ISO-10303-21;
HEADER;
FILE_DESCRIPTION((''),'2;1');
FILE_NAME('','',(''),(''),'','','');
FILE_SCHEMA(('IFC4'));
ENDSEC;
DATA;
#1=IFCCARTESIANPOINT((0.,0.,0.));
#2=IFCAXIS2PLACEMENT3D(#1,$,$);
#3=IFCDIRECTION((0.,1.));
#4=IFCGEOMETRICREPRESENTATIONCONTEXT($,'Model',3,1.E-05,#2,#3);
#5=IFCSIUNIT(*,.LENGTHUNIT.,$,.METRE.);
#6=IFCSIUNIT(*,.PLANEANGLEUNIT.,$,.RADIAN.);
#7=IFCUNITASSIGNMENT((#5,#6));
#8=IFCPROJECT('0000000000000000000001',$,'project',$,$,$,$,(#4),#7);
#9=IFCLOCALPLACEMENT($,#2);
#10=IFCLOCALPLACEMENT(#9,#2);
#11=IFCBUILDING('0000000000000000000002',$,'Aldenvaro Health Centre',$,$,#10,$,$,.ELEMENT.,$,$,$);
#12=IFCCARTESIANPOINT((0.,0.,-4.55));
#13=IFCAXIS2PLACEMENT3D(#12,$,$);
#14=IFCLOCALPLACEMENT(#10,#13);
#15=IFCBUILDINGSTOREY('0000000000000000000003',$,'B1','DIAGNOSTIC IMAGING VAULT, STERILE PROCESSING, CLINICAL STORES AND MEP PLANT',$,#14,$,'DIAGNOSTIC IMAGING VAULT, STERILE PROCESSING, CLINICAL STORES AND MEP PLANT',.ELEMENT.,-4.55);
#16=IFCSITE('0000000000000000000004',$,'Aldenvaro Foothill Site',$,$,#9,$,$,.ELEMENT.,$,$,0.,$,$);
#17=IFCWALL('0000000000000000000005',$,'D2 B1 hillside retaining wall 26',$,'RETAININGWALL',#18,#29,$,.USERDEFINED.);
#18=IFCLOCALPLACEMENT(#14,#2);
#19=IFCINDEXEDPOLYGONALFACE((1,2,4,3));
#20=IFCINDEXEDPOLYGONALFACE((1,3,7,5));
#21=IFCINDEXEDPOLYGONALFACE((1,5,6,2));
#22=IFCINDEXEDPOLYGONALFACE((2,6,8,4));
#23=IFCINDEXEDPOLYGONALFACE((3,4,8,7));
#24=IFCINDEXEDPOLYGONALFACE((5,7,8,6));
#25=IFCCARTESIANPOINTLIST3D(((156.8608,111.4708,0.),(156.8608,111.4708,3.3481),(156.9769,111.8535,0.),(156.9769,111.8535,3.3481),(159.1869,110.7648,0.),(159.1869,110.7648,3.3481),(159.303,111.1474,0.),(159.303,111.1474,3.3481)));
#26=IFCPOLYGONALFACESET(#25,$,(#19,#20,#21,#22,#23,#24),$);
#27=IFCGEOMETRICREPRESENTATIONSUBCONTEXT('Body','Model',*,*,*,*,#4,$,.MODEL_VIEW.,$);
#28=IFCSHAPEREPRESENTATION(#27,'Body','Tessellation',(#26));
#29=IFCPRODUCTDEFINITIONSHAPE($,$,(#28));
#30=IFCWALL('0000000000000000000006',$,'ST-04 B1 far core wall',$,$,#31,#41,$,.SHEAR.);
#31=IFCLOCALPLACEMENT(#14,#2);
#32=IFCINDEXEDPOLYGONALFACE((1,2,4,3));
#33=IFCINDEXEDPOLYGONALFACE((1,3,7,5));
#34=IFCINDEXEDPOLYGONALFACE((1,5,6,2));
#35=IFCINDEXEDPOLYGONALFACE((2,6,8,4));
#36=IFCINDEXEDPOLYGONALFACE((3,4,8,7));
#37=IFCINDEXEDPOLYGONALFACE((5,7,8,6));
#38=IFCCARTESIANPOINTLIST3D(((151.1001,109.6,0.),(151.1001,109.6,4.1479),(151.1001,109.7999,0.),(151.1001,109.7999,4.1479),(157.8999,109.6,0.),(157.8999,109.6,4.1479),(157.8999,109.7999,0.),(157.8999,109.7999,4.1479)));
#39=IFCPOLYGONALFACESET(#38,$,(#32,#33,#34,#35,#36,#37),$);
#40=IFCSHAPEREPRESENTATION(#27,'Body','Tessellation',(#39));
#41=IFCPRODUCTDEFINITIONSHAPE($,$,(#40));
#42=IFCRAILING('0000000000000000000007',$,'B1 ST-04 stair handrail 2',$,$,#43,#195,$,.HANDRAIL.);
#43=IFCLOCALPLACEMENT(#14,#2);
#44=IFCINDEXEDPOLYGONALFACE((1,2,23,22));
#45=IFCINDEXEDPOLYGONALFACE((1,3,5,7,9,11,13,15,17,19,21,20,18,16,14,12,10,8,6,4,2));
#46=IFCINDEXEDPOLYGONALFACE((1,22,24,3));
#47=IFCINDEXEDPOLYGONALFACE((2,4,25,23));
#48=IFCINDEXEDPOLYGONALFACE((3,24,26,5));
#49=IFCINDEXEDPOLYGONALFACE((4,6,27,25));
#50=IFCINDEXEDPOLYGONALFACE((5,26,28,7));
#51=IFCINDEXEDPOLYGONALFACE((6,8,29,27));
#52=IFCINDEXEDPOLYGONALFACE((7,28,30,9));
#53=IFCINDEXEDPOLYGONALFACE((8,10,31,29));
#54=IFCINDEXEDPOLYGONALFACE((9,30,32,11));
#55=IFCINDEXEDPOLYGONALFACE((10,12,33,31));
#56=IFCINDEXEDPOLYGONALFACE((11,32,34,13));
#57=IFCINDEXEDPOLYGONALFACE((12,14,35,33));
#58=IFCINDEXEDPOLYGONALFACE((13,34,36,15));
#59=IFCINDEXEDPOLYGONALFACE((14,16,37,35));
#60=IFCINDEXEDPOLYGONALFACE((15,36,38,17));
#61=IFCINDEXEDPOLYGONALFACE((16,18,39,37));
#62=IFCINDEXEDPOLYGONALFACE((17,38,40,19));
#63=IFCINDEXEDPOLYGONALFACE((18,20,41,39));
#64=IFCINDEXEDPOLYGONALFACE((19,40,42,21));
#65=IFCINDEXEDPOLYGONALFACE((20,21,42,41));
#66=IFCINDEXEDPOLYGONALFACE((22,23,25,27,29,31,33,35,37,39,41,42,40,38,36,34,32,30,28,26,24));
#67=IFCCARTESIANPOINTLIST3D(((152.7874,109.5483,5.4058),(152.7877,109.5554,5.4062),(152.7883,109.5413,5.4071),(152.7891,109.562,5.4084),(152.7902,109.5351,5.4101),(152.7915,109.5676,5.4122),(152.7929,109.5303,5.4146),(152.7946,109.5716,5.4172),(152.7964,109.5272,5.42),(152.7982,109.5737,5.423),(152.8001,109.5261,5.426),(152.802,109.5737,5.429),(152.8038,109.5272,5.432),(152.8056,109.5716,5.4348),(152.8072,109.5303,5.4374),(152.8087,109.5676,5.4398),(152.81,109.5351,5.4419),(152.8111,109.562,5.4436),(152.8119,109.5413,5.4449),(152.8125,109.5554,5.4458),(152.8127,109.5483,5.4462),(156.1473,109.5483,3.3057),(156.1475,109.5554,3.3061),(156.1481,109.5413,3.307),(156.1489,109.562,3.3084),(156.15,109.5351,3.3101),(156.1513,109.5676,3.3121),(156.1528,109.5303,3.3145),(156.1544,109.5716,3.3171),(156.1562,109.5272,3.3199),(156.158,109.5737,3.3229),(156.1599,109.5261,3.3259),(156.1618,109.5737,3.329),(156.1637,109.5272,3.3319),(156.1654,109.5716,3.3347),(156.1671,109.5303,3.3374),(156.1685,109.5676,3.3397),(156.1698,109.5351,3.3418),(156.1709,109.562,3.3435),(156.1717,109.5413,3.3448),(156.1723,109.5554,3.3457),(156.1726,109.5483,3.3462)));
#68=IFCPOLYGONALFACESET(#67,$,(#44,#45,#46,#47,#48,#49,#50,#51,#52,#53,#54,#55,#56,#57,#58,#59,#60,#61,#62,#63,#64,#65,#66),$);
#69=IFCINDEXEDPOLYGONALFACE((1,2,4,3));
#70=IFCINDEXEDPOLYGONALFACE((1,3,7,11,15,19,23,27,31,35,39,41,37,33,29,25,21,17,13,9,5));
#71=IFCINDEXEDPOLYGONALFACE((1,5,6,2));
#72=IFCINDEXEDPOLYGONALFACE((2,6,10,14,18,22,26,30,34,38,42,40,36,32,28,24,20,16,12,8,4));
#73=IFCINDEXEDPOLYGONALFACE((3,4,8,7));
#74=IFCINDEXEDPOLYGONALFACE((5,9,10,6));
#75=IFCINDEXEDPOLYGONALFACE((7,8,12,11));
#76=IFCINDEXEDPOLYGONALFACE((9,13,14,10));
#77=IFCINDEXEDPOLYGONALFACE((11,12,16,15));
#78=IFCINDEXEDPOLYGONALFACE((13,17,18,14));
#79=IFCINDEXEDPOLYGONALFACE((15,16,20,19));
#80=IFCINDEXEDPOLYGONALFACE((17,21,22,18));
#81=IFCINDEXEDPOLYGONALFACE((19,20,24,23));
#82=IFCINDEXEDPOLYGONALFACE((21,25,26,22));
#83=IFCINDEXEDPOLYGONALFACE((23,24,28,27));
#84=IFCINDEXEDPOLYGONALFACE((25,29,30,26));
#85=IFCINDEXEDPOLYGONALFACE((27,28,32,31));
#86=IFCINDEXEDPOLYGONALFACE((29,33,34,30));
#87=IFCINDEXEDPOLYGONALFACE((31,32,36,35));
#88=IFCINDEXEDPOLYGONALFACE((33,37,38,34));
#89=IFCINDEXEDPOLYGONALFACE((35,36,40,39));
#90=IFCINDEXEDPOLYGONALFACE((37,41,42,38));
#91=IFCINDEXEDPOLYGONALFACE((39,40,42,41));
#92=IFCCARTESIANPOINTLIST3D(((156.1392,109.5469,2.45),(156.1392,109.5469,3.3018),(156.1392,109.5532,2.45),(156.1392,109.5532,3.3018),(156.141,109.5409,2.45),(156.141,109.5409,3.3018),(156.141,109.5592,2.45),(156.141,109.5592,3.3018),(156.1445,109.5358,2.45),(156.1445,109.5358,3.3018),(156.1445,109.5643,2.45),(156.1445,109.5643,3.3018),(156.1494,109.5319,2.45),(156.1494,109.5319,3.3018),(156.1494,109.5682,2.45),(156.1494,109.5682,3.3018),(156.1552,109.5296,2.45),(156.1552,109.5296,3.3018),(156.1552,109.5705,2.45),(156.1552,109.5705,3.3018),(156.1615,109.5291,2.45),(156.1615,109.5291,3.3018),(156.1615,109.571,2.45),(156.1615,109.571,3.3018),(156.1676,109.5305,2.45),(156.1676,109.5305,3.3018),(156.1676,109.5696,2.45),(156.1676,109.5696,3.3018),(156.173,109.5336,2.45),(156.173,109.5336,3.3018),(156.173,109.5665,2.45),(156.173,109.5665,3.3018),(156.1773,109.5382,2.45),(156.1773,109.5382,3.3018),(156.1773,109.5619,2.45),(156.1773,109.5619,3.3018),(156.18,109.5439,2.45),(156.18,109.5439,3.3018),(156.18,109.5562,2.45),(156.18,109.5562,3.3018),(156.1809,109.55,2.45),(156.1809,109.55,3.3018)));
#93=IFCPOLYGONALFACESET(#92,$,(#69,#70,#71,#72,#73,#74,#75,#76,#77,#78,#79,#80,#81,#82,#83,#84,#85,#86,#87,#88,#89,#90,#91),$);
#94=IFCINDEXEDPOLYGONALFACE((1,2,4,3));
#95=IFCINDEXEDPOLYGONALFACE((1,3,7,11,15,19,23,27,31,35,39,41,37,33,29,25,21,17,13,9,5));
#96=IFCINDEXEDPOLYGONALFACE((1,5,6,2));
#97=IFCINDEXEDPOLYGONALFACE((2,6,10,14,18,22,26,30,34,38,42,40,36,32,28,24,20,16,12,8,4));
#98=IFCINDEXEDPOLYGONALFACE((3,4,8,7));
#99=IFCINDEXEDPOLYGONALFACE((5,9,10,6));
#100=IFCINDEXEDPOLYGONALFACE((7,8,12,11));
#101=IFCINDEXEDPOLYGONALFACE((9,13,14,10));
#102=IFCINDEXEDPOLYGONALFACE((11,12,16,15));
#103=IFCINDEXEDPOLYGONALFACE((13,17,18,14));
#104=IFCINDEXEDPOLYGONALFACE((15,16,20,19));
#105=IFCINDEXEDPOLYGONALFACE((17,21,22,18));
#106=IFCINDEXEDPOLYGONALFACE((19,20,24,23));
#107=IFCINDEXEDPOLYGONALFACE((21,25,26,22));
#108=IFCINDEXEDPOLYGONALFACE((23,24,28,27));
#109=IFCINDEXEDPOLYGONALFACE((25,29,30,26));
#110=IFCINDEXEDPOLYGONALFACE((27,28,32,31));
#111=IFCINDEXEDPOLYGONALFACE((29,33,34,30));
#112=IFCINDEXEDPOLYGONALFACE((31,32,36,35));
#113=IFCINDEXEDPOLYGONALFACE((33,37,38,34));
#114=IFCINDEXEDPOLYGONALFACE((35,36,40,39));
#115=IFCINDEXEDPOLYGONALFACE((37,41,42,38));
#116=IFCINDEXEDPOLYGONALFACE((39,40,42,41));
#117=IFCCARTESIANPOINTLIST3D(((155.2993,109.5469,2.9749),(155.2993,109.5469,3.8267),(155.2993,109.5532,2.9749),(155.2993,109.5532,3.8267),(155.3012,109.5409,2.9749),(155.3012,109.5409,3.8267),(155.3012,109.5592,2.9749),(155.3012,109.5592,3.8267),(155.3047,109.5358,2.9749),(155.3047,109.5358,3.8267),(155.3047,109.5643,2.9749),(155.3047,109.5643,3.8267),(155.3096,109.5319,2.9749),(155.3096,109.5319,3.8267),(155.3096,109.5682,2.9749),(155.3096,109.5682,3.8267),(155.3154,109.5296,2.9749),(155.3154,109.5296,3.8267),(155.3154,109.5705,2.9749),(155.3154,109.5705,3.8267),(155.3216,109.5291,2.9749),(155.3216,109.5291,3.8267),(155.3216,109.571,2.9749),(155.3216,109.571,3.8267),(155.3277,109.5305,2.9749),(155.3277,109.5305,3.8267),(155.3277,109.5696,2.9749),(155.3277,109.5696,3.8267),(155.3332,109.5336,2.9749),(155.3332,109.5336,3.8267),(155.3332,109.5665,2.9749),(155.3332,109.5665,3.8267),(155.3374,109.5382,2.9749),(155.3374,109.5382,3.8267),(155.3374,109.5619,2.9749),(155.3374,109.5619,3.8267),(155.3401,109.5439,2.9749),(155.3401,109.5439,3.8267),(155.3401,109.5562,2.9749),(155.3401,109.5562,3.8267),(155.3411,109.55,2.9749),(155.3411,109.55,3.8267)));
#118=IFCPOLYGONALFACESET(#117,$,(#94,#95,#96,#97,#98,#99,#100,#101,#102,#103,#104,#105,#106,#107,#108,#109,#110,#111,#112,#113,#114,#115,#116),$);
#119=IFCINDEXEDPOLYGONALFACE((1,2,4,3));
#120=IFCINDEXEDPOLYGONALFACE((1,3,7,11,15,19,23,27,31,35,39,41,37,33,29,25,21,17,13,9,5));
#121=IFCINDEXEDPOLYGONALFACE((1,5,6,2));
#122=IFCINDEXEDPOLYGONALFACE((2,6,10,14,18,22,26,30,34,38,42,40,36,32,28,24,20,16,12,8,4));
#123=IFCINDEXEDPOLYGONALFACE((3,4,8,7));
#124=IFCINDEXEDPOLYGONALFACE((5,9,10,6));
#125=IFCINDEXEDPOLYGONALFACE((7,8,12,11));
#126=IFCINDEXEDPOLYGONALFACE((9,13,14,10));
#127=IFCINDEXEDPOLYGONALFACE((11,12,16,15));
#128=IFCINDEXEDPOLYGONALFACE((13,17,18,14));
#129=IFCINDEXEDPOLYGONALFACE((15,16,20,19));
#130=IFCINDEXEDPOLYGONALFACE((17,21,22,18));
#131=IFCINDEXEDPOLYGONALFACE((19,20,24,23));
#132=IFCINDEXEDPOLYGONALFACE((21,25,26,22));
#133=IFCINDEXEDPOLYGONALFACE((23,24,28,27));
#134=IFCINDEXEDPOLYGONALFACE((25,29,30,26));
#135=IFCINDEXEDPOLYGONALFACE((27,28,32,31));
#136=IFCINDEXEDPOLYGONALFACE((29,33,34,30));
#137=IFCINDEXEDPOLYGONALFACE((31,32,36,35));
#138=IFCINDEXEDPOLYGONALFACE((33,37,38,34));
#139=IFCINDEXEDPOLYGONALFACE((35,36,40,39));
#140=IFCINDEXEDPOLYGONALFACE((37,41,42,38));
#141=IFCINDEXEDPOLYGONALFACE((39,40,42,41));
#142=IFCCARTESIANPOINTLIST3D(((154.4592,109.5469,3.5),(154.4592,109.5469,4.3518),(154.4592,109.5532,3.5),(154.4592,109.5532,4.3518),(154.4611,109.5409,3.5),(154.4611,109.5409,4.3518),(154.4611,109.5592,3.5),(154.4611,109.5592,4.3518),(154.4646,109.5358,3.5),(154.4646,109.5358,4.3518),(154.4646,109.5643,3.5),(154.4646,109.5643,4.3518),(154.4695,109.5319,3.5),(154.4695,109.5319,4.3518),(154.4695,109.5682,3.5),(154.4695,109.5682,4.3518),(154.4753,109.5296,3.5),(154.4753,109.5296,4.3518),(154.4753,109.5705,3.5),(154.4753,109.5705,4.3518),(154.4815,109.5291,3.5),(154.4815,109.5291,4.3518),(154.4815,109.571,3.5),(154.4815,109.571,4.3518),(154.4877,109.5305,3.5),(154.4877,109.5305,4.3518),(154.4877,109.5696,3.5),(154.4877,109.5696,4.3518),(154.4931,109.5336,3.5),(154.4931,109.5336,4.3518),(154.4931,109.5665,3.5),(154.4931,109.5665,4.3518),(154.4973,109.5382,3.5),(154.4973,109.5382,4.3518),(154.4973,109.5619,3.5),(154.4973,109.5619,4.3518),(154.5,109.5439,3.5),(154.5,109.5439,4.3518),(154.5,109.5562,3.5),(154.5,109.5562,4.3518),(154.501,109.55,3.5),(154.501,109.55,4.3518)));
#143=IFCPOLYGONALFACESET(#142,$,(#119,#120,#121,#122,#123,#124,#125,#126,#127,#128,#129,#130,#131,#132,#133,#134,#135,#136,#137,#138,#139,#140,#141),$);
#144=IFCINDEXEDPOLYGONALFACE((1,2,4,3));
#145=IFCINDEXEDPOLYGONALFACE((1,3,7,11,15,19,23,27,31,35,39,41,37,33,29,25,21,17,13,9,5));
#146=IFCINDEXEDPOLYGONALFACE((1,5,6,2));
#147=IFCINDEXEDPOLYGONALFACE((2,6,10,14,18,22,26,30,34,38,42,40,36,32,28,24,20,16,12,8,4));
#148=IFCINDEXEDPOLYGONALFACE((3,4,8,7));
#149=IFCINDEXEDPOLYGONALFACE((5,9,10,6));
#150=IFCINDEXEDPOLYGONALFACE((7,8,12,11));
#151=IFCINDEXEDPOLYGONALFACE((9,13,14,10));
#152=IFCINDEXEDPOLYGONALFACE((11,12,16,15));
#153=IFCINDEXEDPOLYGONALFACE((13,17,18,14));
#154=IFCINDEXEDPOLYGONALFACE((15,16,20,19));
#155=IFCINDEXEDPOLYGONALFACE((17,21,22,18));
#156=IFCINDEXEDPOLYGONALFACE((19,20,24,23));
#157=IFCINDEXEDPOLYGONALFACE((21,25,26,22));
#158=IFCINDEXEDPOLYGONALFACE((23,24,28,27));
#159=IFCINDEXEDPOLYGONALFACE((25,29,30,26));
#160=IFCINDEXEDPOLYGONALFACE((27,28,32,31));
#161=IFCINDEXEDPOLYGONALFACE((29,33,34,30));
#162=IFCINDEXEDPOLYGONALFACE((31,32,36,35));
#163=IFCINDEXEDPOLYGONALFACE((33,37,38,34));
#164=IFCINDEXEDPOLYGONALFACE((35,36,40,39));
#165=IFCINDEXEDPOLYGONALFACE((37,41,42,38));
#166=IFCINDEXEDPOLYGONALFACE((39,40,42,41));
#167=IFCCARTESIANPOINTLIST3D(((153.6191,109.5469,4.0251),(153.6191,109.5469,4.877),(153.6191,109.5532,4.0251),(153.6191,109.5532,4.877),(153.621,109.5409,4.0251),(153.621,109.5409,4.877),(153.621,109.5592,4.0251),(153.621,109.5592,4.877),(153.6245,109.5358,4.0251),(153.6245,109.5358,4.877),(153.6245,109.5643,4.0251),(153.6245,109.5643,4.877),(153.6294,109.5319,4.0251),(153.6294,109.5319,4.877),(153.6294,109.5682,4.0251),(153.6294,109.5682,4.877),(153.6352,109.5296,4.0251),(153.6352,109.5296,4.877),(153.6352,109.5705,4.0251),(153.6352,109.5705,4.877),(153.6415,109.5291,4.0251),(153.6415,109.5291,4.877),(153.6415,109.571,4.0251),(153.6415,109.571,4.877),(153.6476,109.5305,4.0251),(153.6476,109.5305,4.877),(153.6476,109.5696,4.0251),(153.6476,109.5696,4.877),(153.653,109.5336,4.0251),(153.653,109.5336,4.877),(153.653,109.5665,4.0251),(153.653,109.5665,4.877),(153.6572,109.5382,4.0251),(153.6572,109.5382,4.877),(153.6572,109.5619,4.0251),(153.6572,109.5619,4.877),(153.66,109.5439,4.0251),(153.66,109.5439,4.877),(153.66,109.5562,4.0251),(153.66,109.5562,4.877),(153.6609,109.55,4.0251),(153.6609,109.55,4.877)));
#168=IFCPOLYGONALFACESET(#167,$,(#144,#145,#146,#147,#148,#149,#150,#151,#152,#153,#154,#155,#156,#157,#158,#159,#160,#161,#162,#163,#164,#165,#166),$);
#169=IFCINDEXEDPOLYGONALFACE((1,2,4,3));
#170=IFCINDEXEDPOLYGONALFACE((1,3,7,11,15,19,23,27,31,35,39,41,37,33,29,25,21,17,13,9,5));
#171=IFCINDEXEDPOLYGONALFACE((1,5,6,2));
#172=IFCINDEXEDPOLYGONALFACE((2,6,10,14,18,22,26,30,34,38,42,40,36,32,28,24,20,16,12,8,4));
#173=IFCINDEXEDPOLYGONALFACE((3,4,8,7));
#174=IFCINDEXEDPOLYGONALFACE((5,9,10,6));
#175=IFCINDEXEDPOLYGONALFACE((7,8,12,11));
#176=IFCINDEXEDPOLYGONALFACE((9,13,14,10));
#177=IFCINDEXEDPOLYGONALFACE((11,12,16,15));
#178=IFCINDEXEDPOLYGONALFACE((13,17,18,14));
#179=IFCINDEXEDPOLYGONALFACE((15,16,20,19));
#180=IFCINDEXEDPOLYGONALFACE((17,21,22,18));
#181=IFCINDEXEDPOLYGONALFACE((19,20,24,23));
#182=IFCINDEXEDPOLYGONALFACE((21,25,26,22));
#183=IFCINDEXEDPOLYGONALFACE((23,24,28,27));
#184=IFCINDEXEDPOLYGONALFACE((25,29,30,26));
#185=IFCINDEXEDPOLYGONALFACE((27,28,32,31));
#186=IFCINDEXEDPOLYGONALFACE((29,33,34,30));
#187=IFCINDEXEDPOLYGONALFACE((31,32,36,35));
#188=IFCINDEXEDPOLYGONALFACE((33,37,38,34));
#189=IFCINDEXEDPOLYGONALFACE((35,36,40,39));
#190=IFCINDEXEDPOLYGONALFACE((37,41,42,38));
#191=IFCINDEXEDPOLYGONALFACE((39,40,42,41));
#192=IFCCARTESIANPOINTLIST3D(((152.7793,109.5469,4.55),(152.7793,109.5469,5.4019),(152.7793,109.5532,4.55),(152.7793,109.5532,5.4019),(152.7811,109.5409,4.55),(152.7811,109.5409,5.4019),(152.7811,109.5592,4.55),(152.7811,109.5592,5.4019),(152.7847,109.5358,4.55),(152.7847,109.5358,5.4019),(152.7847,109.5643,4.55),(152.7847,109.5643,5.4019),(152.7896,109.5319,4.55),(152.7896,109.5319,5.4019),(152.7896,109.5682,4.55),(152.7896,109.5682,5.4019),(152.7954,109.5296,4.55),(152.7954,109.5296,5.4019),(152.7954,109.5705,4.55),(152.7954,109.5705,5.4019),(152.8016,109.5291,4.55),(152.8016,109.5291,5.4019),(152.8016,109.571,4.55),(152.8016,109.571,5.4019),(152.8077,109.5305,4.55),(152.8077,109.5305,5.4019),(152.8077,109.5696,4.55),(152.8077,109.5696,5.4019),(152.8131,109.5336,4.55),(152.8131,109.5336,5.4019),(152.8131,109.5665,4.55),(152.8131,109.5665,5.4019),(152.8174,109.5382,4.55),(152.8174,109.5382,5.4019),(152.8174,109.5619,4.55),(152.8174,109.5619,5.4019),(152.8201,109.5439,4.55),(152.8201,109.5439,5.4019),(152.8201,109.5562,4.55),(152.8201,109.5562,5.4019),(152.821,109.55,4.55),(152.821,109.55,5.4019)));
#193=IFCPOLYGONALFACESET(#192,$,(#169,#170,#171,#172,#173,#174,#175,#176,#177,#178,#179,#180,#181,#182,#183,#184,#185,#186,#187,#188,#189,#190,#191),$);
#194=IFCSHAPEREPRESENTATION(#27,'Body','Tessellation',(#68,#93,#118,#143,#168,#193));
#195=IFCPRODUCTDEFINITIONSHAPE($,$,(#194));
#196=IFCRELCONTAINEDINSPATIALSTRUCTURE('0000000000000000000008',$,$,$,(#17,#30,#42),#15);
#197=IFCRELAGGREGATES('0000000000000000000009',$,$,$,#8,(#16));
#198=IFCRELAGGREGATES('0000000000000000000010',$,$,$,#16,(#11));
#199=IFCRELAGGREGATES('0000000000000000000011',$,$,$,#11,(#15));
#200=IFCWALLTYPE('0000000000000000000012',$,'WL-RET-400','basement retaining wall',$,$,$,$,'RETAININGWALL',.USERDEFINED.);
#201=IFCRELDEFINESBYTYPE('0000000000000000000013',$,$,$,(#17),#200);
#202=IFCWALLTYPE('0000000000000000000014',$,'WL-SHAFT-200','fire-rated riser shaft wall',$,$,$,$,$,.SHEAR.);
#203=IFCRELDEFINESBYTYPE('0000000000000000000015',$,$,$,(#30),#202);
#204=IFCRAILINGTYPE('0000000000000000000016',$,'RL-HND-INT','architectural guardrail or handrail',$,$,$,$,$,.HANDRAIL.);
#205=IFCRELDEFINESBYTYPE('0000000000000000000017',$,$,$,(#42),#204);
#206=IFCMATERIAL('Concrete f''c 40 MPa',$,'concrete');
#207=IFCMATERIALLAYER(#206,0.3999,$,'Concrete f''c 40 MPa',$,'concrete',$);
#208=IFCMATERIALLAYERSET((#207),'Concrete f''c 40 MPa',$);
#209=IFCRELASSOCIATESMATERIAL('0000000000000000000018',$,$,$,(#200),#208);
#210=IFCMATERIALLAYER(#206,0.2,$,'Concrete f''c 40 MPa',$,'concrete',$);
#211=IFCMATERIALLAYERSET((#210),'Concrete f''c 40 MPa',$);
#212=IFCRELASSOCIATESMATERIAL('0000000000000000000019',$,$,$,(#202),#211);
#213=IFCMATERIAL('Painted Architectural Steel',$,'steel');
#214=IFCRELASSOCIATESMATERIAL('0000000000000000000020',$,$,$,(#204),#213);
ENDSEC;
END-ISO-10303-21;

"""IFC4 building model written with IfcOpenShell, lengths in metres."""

from ifc_helpers import new_model, si_unit, direction, frame, frame_2d, origin, origin_2d, place, context, subcontext, project, spatial, rectangle, circle, extrude, material, layer, layer_set, type_object, element, save


model = new_model("IFC4")

# Units and contexts
model_context = context("Model", 3, precision=1e-05, world=origin(), true_north=direction((0.0, 1.0)))
body_context = subcontext(model_context, "Body", "Model", "MODEL_VIEW")
ifc_project = project(units=[si_unit("LENGTHUNIT", "METRE"), si_unit("PLANEANGLEUNIT", "RADIAN")], contexts=[model_context])

# Site, building, storey
site_placement = place(None, origin())
site = spatial("IfcSite", under=ifc_project, at=site_placement, Name="Aldenvaro Foothill Site", CompositionType="ELEMENT", RefElevation=0.0)
building_placement = place(site_placement, origin())
building = spatial("IfcBuilding", under=site, at=building_placement, Name="Aldenvaro Health Centre", CompositionType="ELEMENT")
storey_placement = place(building_placement, frame((0.0, 0.0, -4.55)))
storey = spatial("IfcBuildingStorey", under=building, at=storey_placement, Name="B1", Description="DIAGNOSTIC IMAGING VAULT, STERILE PROCESSING, CLINICAL STORES AND MEP PLANT", LongName="DIAGNOSTIC IMAGING VAULT, STERILE PROCESSING, CLINICAL STORES AND MEP PLANT", CompositionType="ELEMENT", Elevation=-4.55)

# Shared definitions
ifc_material_1 = material(Name="Concrete f'c 40 MPa", Category="concrete")

# Walls
ifc_layer_1 = layer(ifc_material_1, 0.3999, Name="Concrete f'c 40 MPa", Category="concrete")
ifc_layer_set_1 = layer_set([ifc_layer_1], Name="Concrete f'c 40 MPa")
wall_type_1 = type_object("IfcWallType", Name="WL-RET-400", Description="basement retaining wall", ElementType="RETAININGWALL", PredefinedType="USERDEFINED", material=ifc_layer_set_1)
wall_1_placement = place(storey_placement, frame((156.9189, 111.6621, 0.0), z_axis=(0.0, 0.0, 1.0), x_axis=(0.956893, -0.290442, 0.0)))
element("IfcWall", 1, at=wall_1_placement, inside=storey, type_object=wall_type_1, Name="D2 B1 hillside retaining wall 26", ObjectType="RETAININGWALL", PredefinedType="USERDEFINED", context=body_context, shape_type="SweptSolid", body=[
    extrude(rectangle(XDim=2.4309, YDim=0.3999, at=frame_2d((1.2153, 0.0))), origin(), (0.0, 0.0, 1.0), 3.3481),
])
ifc_layer_2 = layer(ifc_material_1, 0.2, Name="Concrete f'c 40 MPa", Category="concrete")
ifc_layer_set_2 = layer_set([ifc_layer_2], Name="Concrete f'c 40 MPa")
wall_type_2 = type_object("IfcWallType", Name="WL-SHAFT-200", Description="fire-rated riser shaft wall", PredefinedType="SHEAR", material=ifc_layer_set_2)
wall_2_placement = place(storey_placement, frame((151.1001, 109.7, 0.0), z_axis=(0.0, 0.0, 1.0), x_axis=(1.0, 0.0, 0.0)))
element("IfcWall", 2, at=wall_2_placement, inside=storey, type_object=wall_type_2, Name="ST-04 B1 far core wall", PredefinedType="SHEAR", context=body_context, shape_type="SweptSolid", body=[
    extrude(rectangle(XDim=6.7998, YDim=0.2, at=frame_2d((3.3999, 0.0))), origin(), (0.0, 0.0, 1.0), 4.1479),
])

# Railing
ifc_material_2 = material(Name="Painted Architectural Steel", Category="steel")
railing_type = type_object("IfcRailingType", Name="RL-HND-INT", Description="architectural guardrail or handrail", PredefinedType="HANDRAIL", material=ifc_material_2)
railing_placement = place(storey_placement, frame((156.1599, 109.55, 2.45)))
element("IfcRailing", 3, at=railing_placement, inside=storey, type_object=railing_type, Name="B1 ST-04 stair handrail 2", PredefinedType="HANDRAIL", context=body_context, shape_type="SweptSolid", body=[
    extrude(circle(Radius=0.0239, at=origin_2d()), frame((0.0, 0.0, 0.876), z_axis=(-0.847978, 0.0, 0.530032), x_axis=(0.0, -1.0, 0.0)), (0.0, 0.0, 1.0), 3.9622),
    extrude(circle(Radius=0.021, at=origin_2d()), origin(), (0.0, 0.0, 1.0), 0.8518),
    extrude(circle(Radius=0.021, at=origin_2d()), frame((-0.8398, 0.0, 0.5249)), (0.0, 0.0, 1.0), 0.8518),
    extrude(circle(Radius=0.021, at=origin_2d()), frame((-1.6799, 0.0, 1.05)), (0.0, 0.0, 1.0), 0.8518),
    extrude(circle(Radius=0.021, at=origin_2d()), frame((-2.52, 0.0, 1.5752)), (0.0, 0.0, 1.0), 0.8518),
    extrude(circle(Radius=0.021, at=origin_2d()), frame((-3.3599, 0.0, 2.1001)), (0.0, 0.0, 1.0), 0.8518),
])

save(model, "model.ifc")
